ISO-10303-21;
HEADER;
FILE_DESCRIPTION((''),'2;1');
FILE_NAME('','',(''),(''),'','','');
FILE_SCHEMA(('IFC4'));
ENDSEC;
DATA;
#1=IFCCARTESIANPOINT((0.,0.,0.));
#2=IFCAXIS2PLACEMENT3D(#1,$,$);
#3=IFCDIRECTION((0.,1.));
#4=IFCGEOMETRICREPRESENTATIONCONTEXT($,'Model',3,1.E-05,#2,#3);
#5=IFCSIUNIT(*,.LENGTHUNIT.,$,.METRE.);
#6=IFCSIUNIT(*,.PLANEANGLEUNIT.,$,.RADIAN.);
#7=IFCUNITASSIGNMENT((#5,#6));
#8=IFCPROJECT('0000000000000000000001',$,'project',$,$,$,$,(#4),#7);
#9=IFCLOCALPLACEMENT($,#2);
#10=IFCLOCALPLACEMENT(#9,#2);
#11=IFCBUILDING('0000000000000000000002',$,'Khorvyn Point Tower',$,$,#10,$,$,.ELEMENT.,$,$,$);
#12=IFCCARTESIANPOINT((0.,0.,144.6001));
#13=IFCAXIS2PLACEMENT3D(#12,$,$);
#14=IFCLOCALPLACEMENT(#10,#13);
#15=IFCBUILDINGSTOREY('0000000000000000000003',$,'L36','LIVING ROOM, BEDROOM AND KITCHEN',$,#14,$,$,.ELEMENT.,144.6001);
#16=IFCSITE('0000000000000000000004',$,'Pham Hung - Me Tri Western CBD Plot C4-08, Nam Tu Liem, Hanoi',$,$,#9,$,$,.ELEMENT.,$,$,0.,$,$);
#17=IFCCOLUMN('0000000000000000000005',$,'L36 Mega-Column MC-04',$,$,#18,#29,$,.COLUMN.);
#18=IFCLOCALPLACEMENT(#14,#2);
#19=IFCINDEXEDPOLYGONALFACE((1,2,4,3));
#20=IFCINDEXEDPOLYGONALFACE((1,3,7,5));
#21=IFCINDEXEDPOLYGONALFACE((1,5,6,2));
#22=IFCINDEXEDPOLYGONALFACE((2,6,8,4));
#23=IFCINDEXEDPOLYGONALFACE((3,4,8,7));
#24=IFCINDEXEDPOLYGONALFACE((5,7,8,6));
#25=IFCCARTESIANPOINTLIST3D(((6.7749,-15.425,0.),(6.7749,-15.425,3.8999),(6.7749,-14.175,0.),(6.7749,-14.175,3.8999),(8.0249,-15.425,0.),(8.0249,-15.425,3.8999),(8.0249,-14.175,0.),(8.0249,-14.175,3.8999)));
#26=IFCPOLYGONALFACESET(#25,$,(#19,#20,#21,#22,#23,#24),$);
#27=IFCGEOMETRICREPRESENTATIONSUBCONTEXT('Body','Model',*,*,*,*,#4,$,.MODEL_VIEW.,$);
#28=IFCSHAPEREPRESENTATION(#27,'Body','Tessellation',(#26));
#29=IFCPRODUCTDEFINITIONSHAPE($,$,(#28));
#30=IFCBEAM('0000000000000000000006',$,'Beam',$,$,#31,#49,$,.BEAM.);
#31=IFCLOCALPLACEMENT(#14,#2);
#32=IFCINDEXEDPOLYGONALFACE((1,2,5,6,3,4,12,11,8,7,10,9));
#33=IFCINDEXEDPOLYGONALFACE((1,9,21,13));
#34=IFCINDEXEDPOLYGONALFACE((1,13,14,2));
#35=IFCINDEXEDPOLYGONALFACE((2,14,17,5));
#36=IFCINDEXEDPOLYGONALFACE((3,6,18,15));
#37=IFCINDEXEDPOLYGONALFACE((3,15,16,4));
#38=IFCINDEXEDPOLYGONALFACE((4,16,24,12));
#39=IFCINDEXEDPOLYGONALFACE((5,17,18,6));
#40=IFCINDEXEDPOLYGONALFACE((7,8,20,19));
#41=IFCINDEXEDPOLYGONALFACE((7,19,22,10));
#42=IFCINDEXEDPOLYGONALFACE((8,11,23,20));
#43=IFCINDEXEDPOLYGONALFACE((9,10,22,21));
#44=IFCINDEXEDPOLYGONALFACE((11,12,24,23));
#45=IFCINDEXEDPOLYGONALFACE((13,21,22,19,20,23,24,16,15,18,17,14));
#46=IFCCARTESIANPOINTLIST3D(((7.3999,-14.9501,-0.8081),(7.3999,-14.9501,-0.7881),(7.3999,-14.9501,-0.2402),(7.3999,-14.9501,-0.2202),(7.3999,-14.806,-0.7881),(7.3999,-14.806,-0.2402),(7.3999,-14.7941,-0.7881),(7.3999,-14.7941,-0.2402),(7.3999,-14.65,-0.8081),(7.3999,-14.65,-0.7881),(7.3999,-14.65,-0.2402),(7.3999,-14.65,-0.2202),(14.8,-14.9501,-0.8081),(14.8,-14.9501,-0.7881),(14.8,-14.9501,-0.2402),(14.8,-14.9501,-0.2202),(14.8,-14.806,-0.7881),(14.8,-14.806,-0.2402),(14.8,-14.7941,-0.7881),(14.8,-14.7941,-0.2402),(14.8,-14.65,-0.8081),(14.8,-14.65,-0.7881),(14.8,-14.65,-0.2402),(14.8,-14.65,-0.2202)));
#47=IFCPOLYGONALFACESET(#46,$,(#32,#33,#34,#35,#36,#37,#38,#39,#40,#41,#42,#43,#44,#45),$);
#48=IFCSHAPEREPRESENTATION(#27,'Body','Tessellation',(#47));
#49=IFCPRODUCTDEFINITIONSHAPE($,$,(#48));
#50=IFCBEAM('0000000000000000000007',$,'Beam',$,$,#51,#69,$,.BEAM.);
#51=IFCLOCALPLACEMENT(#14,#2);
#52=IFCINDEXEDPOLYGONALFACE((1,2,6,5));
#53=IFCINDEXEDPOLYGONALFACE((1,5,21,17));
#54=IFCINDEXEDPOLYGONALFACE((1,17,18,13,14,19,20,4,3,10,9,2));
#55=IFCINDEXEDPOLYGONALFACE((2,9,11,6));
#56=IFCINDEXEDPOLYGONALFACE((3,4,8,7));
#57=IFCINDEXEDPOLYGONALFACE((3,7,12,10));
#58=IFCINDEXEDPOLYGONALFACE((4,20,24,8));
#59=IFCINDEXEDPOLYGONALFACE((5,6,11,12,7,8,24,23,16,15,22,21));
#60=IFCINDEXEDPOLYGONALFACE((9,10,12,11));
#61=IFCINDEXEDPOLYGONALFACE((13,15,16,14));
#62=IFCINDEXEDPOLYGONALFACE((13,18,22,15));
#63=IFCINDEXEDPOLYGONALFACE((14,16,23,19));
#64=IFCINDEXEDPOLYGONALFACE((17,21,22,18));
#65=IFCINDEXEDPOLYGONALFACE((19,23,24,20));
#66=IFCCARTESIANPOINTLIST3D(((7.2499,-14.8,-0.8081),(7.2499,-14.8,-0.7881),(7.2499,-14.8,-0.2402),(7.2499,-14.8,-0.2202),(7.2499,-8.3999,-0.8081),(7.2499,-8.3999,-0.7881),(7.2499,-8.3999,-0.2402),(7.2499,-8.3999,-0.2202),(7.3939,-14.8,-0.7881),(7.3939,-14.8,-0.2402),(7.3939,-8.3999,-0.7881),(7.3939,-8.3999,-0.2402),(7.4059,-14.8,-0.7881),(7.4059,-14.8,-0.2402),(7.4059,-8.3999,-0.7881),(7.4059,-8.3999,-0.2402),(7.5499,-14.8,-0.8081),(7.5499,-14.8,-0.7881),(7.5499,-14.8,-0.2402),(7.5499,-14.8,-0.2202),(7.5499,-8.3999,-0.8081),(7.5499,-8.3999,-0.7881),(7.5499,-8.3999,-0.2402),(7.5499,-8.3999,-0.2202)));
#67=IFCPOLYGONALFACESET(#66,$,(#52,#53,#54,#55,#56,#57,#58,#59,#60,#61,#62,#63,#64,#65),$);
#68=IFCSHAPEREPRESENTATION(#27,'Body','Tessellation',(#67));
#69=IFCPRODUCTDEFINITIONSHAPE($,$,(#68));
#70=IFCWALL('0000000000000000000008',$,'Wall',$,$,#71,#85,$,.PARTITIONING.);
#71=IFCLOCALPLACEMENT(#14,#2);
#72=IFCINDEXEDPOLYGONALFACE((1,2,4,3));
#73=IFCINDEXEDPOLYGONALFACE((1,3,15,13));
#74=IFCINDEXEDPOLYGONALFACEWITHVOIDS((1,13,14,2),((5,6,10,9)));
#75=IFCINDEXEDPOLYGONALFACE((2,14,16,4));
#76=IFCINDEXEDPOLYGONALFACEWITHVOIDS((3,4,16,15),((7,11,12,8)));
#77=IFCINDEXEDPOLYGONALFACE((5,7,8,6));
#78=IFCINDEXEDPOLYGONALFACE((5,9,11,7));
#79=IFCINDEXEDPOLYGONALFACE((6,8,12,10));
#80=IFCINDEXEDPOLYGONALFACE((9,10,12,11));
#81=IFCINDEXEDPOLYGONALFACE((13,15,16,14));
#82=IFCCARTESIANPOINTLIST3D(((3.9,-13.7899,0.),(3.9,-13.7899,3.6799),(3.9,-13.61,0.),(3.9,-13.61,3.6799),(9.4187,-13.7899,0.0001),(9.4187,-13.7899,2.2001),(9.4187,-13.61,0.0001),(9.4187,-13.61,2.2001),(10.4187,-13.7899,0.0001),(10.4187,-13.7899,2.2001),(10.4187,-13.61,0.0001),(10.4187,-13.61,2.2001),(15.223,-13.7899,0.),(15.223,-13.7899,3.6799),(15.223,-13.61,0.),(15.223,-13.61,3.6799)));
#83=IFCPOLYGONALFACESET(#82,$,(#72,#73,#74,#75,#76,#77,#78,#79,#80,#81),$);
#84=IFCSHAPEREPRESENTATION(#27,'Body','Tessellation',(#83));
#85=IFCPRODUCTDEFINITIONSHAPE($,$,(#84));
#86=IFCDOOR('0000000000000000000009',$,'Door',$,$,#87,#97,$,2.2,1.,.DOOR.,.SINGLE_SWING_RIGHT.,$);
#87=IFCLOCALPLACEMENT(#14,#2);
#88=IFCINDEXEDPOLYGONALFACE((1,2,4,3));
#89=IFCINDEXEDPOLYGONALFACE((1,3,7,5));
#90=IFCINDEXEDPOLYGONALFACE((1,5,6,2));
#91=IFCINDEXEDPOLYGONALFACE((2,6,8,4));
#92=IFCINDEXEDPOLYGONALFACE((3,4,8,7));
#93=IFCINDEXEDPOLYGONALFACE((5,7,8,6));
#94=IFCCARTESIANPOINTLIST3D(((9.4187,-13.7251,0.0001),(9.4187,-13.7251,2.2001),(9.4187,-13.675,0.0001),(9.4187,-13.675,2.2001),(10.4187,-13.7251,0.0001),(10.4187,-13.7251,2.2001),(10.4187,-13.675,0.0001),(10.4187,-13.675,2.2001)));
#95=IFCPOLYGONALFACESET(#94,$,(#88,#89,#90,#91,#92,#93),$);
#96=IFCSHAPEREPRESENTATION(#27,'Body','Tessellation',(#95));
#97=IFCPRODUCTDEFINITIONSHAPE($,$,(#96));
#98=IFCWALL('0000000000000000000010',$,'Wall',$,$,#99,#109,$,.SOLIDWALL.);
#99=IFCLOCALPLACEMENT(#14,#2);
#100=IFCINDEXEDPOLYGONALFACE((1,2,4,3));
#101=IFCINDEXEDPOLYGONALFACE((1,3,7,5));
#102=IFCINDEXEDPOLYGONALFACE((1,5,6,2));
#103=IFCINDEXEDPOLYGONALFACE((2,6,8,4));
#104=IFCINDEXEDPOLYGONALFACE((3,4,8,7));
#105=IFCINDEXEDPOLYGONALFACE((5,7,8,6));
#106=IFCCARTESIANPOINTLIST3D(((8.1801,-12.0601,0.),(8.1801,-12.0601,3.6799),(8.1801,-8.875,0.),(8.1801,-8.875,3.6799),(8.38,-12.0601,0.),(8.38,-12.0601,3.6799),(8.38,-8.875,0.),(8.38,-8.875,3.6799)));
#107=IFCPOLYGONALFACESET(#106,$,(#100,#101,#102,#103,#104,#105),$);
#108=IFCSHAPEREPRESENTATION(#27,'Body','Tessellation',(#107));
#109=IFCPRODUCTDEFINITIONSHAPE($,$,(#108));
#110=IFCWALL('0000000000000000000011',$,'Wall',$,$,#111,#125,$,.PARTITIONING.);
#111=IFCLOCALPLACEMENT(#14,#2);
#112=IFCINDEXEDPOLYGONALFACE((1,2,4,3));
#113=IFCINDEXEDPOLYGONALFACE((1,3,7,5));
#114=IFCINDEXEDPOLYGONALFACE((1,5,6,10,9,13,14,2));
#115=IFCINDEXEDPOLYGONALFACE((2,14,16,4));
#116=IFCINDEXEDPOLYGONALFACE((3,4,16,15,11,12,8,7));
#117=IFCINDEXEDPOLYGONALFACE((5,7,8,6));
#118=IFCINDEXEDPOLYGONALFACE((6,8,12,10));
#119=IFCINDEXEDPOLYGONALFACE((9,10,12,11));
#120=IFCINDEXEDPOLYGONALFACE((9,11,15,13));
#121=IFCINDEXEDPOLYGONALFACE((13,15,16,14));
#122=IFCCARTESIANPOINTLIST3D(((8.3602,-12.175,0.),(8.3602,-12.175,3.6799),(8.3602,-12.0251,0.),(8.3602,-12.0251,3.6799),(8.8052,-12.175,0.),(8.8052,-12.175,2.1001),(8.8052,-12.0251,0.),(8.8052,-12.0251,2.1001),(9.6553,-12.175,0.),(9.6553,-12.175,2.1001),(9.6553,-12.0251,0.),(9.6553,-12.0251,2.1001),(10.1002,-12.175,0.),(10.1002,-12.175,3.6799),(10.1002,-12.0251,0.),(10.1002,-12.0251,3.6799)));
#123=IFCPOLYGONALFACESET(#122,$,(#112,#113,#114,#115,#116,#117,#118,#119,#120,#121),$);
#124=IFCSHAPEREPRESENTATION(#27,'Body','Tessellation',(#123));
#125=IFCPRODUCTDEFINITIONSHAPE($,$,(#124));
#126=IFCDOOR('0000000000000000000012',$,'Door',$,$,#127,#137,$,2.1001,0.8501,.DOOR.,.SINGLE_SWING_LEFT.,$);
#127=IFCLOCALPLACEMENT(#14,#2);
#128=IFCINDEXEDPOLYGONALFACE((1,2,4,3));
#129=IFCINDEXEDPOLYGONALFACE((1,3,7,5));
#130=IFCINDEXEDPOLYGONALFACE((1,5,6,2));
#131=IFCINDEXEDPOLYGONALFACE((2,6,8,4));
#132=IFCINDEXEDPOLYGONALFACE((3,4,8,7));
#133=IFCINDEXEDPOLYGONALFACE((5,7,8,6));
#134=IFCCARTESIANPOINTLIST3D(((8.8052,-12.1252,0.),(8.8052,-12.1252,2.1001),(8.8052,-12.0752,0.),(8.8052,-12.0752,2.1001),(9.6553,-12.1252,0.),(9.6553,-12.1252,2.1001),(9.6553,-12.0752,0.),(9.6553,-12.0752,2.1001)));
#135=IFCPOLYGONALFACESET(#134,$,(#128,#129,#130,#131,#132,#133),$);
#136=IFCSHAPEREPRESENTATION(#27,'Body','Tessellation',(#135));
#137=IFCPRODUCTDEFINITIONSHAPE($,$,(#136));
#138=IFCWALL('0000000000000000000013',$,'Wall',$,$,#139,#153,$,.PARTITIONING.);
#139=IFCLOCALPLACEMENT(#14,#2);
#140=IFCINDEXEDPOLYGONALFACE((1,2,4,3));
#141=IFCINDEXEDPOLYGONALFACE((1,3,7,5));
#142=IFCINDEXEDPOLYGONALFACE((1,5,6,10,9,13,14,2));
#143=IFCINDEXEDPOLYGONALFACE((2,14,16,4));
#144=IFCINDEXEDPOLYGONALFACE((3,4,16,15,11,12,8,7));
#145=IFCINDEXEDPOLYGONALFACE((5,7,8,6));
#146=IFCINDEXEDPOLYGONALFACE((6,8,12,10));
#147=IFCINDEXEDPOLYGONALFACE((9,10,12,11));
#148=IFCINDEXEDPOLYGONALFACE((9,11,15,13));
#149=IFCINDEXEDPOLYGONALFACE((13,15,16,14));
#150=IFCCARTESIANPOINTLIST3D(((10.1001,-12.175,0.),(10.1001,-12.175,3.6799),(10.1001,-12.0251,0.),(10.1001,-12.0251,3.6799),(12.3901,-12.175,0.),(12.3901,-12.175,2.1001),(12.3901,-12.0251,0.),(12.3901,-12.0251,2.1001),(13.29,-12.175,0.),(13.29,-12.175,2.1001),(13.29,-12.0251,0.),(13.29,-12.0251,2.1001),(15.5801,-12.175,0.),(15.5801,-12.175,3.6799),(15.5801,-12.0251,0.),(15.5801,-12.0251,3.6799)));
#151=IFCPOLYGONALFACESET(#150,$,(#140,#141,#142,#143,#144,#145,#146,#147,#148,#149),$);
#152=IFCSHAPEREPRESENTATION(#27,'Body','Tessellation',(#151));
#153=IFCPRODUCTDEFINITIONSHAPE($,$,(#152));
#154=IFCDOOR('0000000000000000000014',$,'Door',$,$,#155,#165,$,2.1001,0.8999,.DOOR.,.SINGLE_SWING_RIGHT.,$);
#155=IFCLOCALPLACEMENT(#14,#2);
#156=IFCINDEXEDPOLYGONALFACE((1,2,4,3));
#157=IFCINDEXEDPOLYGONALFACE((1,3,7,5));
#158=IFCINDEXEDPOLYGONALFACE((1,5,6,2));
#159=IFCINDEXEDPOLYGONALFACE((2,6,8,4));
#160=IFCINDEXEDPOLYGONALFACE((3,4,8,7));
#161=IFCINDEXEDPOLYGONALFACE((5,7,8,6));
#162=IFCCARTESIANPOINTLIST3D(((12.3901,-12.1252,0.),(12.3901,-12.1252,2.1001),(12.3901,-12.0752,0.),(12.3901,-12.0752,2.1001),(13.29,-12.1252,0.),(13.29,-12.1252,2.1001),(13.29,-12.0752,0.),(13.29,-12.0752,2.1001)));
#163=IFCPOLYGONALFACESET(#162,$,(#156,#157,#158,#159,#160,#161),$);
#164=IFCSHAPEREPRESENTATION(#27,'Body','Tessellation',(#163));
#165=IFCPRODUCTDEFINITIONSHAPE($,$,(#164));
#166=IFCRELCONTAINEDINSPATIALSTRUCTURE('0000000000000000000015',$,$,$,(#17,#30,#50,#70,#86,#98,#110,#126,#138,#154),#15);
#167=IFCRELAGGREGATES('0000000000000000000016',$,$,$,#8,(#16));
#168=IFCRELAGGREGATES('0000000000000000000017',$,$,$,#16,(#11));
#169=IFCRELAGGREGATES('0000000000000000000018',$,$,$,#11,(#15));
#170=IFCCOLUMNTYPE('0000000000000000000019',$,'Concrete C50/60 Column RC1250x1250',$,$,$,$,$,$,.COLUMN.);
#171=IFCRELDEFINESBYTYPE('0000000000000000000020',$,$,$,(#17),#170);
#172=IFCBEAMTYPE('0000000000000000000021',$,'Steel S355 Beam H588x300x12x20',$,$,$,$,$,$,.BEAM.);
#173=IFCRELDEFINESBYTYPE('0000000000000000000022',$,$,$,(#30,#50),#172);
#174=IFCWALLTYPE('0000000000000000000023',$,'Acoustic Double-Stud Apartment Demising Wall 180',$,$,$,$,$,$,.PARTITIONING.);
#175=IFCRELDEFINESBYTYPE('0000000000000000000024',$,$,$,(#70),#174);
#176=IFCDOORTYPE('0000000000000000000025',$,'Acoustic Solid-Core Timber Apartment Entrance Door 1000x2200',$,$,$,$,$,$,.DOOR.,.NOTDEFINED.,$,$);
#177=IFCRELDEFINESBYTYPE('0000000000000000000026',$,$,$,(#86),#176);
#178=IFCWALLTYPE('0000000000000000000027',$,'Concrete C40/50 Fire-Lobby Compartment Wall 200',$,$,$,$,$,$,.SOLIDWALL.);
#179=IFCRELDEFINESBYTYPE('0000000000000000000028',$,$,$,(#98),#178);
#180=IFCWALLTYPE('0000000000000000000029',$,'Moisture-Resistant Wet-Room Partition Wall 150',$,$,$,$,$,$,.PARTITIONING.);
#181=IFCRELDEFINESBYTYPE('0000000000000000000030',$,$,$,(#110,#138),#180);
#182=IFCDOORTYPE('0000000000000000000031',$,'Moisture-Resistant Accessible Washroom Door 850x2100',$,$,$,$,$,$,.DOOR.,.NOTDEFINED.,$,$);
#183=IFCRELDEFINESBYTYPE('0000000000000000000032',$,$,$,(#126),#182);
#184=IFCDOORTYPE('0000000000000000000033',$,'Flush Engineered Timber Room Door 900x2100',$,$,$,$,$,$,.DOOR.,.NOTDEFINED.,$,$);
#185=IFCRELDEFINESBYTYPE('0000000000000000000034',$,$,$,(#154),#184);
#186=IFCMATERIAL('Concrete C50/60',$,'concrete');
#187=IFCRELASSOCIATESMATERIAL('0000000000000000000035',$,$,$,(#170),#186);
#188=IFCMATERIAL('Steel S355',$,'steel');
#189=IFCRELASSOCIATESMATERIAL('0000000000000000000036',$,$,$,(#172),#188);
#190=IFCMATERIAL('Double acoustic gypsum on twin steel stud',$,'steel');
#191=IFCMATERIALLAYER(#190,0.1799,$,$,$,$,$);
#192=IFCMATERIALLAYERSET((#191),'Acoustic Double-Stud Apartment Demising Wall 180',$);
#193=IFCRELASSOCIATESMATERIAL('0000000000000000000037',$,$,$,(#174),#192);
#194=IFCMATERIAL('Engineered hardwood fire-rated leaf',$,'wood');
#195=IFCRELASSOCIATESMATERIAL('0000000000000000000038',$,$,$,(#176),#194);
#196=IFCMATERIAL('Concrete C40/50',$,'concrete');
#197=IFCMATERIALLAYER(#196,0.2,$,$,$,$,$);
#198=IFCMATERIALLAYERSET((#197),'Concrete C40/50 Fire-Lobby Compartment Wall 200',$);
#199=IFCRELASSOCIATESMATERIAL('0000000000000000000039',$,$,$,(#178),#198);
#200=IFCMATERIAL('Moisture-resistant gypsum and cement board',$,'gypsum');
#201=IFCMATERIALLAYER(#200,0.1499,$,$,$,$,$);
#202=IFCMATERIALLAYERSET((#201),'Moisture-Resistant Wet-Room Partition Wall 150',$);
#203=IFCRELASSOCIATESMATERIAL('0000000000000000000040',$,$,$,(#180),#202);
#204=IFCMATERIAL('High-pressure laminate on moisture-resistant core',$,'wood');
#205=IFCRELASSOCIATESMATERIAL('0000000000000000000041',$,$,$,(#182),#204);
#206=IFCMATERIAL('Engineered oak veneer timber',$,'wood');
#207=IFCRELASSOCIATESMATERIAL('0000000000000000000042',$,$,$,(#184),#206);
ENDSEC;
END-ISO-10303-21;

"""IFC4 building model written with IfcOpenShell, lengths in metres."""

from ifc_helpers import new_model, si_unit, direction, frame, frame_2d, origin, origin_2d, place, context, subcontext, project, spatial, rectangle, i_section, extrude, material, layer, layer_set, material_profile, profile_set, type_object, element, fill, save


model = new_model("IFC4")

# Units and contexts
model_context = context("Model", 3, precision=1e-05, world=origin(), true_north=direction((0.0, 1.0)))
body_context = subcontext(model_context, "Body", "Model", "MODEL_VIEW")
ifc_project = project(units=[si_unit("LENGTHUNIT", "METRE"), si_unit("PLANEANGLEUNIT", "RADIAN")], contexts=[model_context])

# Site, building, storey
site_placement = place(None, origin())
site = spatial("IfcSite", under=ifc_project, at=site_placement, Name="Pham Hung - Me Tri Western CBD Plot C4-08, Nam Tu Liem, Hanoi", CompositionType="ELEMENT", RefElevation=0.0)
building_placement = place(site_placement, origin())
building = spatial("IfcBuilding", under=site, at=building_placement, Name="Khorvyn Point Tower", CompositionType="ELEMENT")
storey_placement = place(building_placement, frame((0.0, 0.0, 144.6001)))
storey = spatial("IfcBuildingStorey", under=building, at=storey_placement, Name="L36", Description="LIVING ROOM, BEDROOM AND KITCHEN", CompositionType="ELEMENT", Elevation=144.6001)

# Column
ifc_material_1 = material(Name="Concrete C50/60", Category="concrete")
ifc_material_profile_1 = material_profile(ifc_material_1, rectangle(XDim=1.25, YDim=1.25, at=origin_2d()))
ifc_profile_set_1 = profile_set([ifc_material_profile_1], Name="Concrete C50/60 RC1250x1250")
column_type = type_object("IfcColumnType", Name="Concrete C50/60 Column RC1250x1250", PredefinedType="COLUMN", material=ifc_profile_set_1)
column_placement = place(storey_placement, frame((7.3999, -14.8, 0.0), z_axis=(0.0, 0.0, 1.0), x_axis=(1.0, 0.0, 0.0)))
element("IfcColumn", 1, at=column_placement, inside=storey, type_object=column_type, Name="L36 Mega-Column MC-04", PredefinedType="COLUMN", context=body_context, shape_type="SweptSolid", body=[
    extrude(rectangle(XDim=1.25, YDim=1.25, at=origin_2d()), origin(), (0.0, 0.0, 1.0), 3.8999),
])

# Beams
ifc_material_2 = material(Name="Steel S355", Category="steel")
ifc_material_profile_2 = material_profile(ifc_material_2, i_section(OverallWidth=0.3, OverallDepth=0.5879, WebThickness=0.012, FlangeThickness=0.02, at=origin_2d()))
ifc_profile_set_2 = profile_set([ifc_material_profile_2], Name="Steel S355 H588x300x12x20")
beam_type = type_object("IfcBeamType", Name="Steel S355 Beam H588x300x12x20", PredefinedType="BEAM", material=ifc_profile_set_2)
beam_1_placement = place(storey_placement, frame((7.3999, -14.8, -0.5142), z_axis=(1.0, 0.0, 0.0), x_axis=(0.0, 1.0, 0.0)))
element("IfcBeam", 2, at=beam_1_placement, inside=storey, type_object=beam_type, Name="Beam", PredefinedType="BEAM", context=body_context, shape_type="SweptSolid", body=[
    extrude(i_section(OverallWidth=0.3, OverallDepth=0.5879, WebThickness=0.012, FlangeThickness=0.02, at=origin_2d()), origin(), (0.0, 0.0, 1.0), 7.4001),
])
beam_2_placement = place(storey_placement, frame((7.3999, -14.8, -0.5142), z_axis=(0.0, 1.0, 0.0), x_axis=(-1.0, 0.0, 0.0)))
element("IfcBeam", 3, at=beam_2_placement, inside=storey, type_object=beam_type, Name="Beam", PredefinedType="BEAM", context=body_context, shape_type="SweptSolid", body=[
    extrude(i_section(OverallWidth=0.3, OverallDepth=0.5879, WebThickness=0.012, FlangeThickness=0.02, at=origin_2d()), origin(), (0.0, 0.0, 1.0), 6.4001),
])

# Wall, opening, door
ifc_material_3 = material(Name="Double acoustic gypsum on twin steel stud", Category="steel")
ifc_layer_1 = layer(ifc_material_3, 0.1799)
ifc_layer_set_1 = layer_set([ifc_layer_1], Name="Acoustic Double-Stud Apartment Demising Wall 180")
wall_type_1 = type_object("IfcWallType", Name="Acoustic Double-Stud Apartment Demising Wall 180", PredefinedType="PARTITIONING", material=ifc_layer_set_1)
wall_1_placement = place(storey_placement, frame((3.8999, -13.7, 0.0), z_axis=(0.0, 0.0, 1.0), x_axis=(1.0, 0.0, 0.0)))
wall_1 = element("IfcWall", 4, at=wall_1_placement, inside=storey, type_object=wall_type_1, Name="Wall", PredefinedType="PARTITIONING", context=body_context, shape_type="SweptSolid", body=[
    extrude(rectangle(XDim=11.323, YDim=0.1799, at=frame_2d((5.6616, 0.0))), origin(), (0.0, 0.0, 1.0), 3.6799),
])
opening_1_placement = place(wall_1_placement, frame((5.5188, 0.0, 0.0)))
opening_1 = element("IfcOpeningElement", 5, at=opening_1_placement, cuts=wall_1, PredefinedType="OPENING", context=body_context, shape_type="SweptSolid", body=[
    extrude(rectangle(XDim=1.0, YDim=2.2, at=frame_2d((0.5, 1.1001))), frame((0.0, 0.0999, 0.0), z_axis=(0.0, -1.0, 0.0), x_axis=(1.0, 0.0, 0.0)), (0.0, 0.0, 1.0), 0.2),
])
ifc_material_4 = material(Name="Engineered hardwood fire-rated leaf", Category="wood")
door_type_1 = type_object("IfcDoorType", Name="Acoustic Solid-Core Timber Apartment Entrance Door 1000x2200", OperationType="NOTDEFINED", PredefinedType="DOOR", material=ifc_material_4)
door_1_placement = place(opening_1_placement, origin())
door_1 = element("IfcDoor", 6, at=door_1_placement, inside=storey, type_object=door_type_1, Name="Door", OperationType="SINGLE_SWING_RIGHT", OverallHeight=2.2, OverallWidth=1.0, PredefinedType="DOOR", context=body_context, shape_type="SweptSolid", body=[
    extrude(rectangle(XDim=1.0, YDim=2.2, at=frame_2d((0.5, 1.1001))), frame((0.0, 0.0249, 0.0), z_axis=(0.0, -1.0, 0.0), x_axis=(1.0, 0.0, 0.0)), (0.0, 0.0, 1.0), 0.05),
])
fill(opening_1, door_1)
ifc_material_5 = material(Name="Concrete C40/50", Category="concrete")
ifc_layer_2 = layer(ifc_material_5, 0.2)
ifc_layer_set_2 = layer_set([ifc_layer_2], Name="Concrete C40/50 Fire-Lobby Compartment Wall 200")
wall_type_2 = type_object("IfcWallType", Name="Concrete C40/50 Fire-Lobby Compartment Wall 200", PredefinedType="SOLIDWALL", material=ifc_layer_set_2)

# Wall
wall_2_placement = place(storey_placement, frame((8.28, -12.0601, 0.0), z_axis=(0.0, 0.0, 1.0), x_axis=(0.0, 1.0, 0.0)))
element("IfcWall", 7, at=wall_2_placement, inside=storey, type_object=wall_type_2, Name="Wall", PredefinedType="SOLIDWALL", context=body_context, shape_type="SweptSolid", body=[
    extrude(rectangle(XDim=3.1851, YDim=0.2, at=frame_2d((1.5925, 0.0))), origin(), (0.0, 0.0, 1.0), 3.6799),
])

# Walls, openings, doors
ifc_material_6 = material(Name="Moisture-resistant gypsum and cement board", Category="gypsum")
ifc_layer_3 = layer(ifc_material_6, 0.1499)
ifc_layer_set_3 = layer_set([ifc_layer_3], Name="Moisture-Resistant Wet-Room Partition Wall 150")
wall_type_3 = type_object("IfcWallType", Name="Moisture-Resistant Wet-Room Partition Wall 150", PredefinedType="PARTITIONING", material=ifc_layer_set_3)
wall_3_placement = place(storey_placement, frame((8.3601, -12.1001, 0.0), z_axis=(0.0, 0.0, 1.0), x_axis=(1.0, 0.0, 0.0)))
wall_3 = element("IfcWall", 8, at=wall_3_placement, inside=storey, type_object=wall_type_3, Name="Wall", PredefinedType="PARTITIONING", context=body_context, shape_type="SweptSolid", body=[
    extrude(rectangle(XDim=1.74, YDim=0.1499, at=frame_2d((0.8701, 0.0))), origin(), (0.0, 0.0, 1.0), 3.6799),
])
opening_2_placement = place(wall_3_placement, frame((0.4451, 0.0, 0.0)))
opening_2 = element("IfcOpeningElement", 9, at=opening_2_placement, cuts=wall_3, PredefinedType="OPENING", context=body_context, shape_type="SweptSolid", body=[
    extrude(rectangle(XDim=0.8501, YDim=2.1001, at=frame_2d((0.425, 1.05))), frame((0.0, 0.085, 0.0), z_axis=(0.0, -1.0, 0.0), x_axis=(1.0, 0.0, 0.0)), (0.0, 0.0, 1.0), 0.1699),
])
ifc_material_7 = material(Name="High-pressure laminate on moisture-resistant core", Category="wood")
door_type_2 = type_object("IfcDoorType", Name="Moisture-Resistant Accessible Washroom Door 850x2100", OperationType="NOTDEFINED", PredefinedType="DOOR", material=ifc_material_7)
door_2_placement = place(opening_2_placement, origin())
door_2 = element("IfcDoor", 10, at=door_2_placement, inside=storey, type_object=door_type_2, Name="Door", OperationType="SINGLE_SWING_LEFT", OverallHeight=2.1001, OverallWidth=0.8501, PredefinedType="DOOR", context=body_context, shape_type="SweptSolid", body=[
    extrude(rectangle(XDim=0.8501, YDim=2.1001, at=frame_2d((0.425, 1.05))), frame((0.0, 0.0249, 0.0), z_axis=(0.0, -1.0, 0.0), x_axis=(1.0, 0.0, 0.0)), (0.0, 0.0, 1.0), 0.05),
])
fill(opening_2, door_2)
wall_4_placement = place(storey_placement, frame((10.1001, -12.1001, 0.0), z_axis=(0.0, 0.0, 1.0), x_axis=(1.0, 0.0, 0.0)))
wall_4 = element("IfcWall", 11, at=wall_4_placement, inside=storey, type_object=wall_type_3, Name="Wall", PredefinedType="PARTITIONING", context=body_context, shape_type="SweptSolid", body=[
    extrude(rectangle(XDim=5.48, YDim=0.1499, at=frame_2d((2.74, 0.0))), origin(), (0.0, 0.0, 1.0), 3.6799),
])
opening_3_placement = place(wall_4_placement, frame((2.29, 0.0, 0.0)))
opening_3 = element("IfcOpeningElement", 12, at=opening_3_placement, cuts=wall_4, PredefinedType="OPENING", context=body_context, shape_type="SweptSolid", body=[
    extrude(rectangle(XDim=0.8999, YDim=2.1001, at=frame_2d((0.45, 1.05))), frame((0.0, 0.085, 0.0), z_axis=(0.0, -1.0, 0.0), x_axis=(1.0, 0.0, 0.0)), (0.0, 0.0, 1.0), 0.1699),
])
ifc_material_8 = material(Name="Engineered oak veneer timber", Category="wood")
door_type_3 = type_object("IfcDoorType", Name="Flush Engineered Timber Room Door 900x2100", OperationType="NOTDEFINED", PredefinedType="DOOR", material=ifc_material_8)
door_3_placement = place(opening_3_placement, origin())
door_3 = element("IfcDoor", 13, at=door_3_placement, inside=storey, type_object=door_type_3, Name="Door", OperationType="SINGLE_SWING_RIGHT", OverallHeight=2.1001, OverallWidth=0.8999, PredefinedType="DOOR", context=body_context, shape_type="SweptSolid", body=[
    extrude(rectangle(XDim=0.8999, YDim=2.1001, at=frame_2d((0.45, 1.05))), frame((0.0, 0.0249, 0.0), z_axis=(0.0, -1.0, 0.0), x_axis=(1.0, 0.0, 0.0)), (0.0, 0.0, 1.0), 0.05),
])
fill(opening_3, door_3)

save(model, "model.ifc")
